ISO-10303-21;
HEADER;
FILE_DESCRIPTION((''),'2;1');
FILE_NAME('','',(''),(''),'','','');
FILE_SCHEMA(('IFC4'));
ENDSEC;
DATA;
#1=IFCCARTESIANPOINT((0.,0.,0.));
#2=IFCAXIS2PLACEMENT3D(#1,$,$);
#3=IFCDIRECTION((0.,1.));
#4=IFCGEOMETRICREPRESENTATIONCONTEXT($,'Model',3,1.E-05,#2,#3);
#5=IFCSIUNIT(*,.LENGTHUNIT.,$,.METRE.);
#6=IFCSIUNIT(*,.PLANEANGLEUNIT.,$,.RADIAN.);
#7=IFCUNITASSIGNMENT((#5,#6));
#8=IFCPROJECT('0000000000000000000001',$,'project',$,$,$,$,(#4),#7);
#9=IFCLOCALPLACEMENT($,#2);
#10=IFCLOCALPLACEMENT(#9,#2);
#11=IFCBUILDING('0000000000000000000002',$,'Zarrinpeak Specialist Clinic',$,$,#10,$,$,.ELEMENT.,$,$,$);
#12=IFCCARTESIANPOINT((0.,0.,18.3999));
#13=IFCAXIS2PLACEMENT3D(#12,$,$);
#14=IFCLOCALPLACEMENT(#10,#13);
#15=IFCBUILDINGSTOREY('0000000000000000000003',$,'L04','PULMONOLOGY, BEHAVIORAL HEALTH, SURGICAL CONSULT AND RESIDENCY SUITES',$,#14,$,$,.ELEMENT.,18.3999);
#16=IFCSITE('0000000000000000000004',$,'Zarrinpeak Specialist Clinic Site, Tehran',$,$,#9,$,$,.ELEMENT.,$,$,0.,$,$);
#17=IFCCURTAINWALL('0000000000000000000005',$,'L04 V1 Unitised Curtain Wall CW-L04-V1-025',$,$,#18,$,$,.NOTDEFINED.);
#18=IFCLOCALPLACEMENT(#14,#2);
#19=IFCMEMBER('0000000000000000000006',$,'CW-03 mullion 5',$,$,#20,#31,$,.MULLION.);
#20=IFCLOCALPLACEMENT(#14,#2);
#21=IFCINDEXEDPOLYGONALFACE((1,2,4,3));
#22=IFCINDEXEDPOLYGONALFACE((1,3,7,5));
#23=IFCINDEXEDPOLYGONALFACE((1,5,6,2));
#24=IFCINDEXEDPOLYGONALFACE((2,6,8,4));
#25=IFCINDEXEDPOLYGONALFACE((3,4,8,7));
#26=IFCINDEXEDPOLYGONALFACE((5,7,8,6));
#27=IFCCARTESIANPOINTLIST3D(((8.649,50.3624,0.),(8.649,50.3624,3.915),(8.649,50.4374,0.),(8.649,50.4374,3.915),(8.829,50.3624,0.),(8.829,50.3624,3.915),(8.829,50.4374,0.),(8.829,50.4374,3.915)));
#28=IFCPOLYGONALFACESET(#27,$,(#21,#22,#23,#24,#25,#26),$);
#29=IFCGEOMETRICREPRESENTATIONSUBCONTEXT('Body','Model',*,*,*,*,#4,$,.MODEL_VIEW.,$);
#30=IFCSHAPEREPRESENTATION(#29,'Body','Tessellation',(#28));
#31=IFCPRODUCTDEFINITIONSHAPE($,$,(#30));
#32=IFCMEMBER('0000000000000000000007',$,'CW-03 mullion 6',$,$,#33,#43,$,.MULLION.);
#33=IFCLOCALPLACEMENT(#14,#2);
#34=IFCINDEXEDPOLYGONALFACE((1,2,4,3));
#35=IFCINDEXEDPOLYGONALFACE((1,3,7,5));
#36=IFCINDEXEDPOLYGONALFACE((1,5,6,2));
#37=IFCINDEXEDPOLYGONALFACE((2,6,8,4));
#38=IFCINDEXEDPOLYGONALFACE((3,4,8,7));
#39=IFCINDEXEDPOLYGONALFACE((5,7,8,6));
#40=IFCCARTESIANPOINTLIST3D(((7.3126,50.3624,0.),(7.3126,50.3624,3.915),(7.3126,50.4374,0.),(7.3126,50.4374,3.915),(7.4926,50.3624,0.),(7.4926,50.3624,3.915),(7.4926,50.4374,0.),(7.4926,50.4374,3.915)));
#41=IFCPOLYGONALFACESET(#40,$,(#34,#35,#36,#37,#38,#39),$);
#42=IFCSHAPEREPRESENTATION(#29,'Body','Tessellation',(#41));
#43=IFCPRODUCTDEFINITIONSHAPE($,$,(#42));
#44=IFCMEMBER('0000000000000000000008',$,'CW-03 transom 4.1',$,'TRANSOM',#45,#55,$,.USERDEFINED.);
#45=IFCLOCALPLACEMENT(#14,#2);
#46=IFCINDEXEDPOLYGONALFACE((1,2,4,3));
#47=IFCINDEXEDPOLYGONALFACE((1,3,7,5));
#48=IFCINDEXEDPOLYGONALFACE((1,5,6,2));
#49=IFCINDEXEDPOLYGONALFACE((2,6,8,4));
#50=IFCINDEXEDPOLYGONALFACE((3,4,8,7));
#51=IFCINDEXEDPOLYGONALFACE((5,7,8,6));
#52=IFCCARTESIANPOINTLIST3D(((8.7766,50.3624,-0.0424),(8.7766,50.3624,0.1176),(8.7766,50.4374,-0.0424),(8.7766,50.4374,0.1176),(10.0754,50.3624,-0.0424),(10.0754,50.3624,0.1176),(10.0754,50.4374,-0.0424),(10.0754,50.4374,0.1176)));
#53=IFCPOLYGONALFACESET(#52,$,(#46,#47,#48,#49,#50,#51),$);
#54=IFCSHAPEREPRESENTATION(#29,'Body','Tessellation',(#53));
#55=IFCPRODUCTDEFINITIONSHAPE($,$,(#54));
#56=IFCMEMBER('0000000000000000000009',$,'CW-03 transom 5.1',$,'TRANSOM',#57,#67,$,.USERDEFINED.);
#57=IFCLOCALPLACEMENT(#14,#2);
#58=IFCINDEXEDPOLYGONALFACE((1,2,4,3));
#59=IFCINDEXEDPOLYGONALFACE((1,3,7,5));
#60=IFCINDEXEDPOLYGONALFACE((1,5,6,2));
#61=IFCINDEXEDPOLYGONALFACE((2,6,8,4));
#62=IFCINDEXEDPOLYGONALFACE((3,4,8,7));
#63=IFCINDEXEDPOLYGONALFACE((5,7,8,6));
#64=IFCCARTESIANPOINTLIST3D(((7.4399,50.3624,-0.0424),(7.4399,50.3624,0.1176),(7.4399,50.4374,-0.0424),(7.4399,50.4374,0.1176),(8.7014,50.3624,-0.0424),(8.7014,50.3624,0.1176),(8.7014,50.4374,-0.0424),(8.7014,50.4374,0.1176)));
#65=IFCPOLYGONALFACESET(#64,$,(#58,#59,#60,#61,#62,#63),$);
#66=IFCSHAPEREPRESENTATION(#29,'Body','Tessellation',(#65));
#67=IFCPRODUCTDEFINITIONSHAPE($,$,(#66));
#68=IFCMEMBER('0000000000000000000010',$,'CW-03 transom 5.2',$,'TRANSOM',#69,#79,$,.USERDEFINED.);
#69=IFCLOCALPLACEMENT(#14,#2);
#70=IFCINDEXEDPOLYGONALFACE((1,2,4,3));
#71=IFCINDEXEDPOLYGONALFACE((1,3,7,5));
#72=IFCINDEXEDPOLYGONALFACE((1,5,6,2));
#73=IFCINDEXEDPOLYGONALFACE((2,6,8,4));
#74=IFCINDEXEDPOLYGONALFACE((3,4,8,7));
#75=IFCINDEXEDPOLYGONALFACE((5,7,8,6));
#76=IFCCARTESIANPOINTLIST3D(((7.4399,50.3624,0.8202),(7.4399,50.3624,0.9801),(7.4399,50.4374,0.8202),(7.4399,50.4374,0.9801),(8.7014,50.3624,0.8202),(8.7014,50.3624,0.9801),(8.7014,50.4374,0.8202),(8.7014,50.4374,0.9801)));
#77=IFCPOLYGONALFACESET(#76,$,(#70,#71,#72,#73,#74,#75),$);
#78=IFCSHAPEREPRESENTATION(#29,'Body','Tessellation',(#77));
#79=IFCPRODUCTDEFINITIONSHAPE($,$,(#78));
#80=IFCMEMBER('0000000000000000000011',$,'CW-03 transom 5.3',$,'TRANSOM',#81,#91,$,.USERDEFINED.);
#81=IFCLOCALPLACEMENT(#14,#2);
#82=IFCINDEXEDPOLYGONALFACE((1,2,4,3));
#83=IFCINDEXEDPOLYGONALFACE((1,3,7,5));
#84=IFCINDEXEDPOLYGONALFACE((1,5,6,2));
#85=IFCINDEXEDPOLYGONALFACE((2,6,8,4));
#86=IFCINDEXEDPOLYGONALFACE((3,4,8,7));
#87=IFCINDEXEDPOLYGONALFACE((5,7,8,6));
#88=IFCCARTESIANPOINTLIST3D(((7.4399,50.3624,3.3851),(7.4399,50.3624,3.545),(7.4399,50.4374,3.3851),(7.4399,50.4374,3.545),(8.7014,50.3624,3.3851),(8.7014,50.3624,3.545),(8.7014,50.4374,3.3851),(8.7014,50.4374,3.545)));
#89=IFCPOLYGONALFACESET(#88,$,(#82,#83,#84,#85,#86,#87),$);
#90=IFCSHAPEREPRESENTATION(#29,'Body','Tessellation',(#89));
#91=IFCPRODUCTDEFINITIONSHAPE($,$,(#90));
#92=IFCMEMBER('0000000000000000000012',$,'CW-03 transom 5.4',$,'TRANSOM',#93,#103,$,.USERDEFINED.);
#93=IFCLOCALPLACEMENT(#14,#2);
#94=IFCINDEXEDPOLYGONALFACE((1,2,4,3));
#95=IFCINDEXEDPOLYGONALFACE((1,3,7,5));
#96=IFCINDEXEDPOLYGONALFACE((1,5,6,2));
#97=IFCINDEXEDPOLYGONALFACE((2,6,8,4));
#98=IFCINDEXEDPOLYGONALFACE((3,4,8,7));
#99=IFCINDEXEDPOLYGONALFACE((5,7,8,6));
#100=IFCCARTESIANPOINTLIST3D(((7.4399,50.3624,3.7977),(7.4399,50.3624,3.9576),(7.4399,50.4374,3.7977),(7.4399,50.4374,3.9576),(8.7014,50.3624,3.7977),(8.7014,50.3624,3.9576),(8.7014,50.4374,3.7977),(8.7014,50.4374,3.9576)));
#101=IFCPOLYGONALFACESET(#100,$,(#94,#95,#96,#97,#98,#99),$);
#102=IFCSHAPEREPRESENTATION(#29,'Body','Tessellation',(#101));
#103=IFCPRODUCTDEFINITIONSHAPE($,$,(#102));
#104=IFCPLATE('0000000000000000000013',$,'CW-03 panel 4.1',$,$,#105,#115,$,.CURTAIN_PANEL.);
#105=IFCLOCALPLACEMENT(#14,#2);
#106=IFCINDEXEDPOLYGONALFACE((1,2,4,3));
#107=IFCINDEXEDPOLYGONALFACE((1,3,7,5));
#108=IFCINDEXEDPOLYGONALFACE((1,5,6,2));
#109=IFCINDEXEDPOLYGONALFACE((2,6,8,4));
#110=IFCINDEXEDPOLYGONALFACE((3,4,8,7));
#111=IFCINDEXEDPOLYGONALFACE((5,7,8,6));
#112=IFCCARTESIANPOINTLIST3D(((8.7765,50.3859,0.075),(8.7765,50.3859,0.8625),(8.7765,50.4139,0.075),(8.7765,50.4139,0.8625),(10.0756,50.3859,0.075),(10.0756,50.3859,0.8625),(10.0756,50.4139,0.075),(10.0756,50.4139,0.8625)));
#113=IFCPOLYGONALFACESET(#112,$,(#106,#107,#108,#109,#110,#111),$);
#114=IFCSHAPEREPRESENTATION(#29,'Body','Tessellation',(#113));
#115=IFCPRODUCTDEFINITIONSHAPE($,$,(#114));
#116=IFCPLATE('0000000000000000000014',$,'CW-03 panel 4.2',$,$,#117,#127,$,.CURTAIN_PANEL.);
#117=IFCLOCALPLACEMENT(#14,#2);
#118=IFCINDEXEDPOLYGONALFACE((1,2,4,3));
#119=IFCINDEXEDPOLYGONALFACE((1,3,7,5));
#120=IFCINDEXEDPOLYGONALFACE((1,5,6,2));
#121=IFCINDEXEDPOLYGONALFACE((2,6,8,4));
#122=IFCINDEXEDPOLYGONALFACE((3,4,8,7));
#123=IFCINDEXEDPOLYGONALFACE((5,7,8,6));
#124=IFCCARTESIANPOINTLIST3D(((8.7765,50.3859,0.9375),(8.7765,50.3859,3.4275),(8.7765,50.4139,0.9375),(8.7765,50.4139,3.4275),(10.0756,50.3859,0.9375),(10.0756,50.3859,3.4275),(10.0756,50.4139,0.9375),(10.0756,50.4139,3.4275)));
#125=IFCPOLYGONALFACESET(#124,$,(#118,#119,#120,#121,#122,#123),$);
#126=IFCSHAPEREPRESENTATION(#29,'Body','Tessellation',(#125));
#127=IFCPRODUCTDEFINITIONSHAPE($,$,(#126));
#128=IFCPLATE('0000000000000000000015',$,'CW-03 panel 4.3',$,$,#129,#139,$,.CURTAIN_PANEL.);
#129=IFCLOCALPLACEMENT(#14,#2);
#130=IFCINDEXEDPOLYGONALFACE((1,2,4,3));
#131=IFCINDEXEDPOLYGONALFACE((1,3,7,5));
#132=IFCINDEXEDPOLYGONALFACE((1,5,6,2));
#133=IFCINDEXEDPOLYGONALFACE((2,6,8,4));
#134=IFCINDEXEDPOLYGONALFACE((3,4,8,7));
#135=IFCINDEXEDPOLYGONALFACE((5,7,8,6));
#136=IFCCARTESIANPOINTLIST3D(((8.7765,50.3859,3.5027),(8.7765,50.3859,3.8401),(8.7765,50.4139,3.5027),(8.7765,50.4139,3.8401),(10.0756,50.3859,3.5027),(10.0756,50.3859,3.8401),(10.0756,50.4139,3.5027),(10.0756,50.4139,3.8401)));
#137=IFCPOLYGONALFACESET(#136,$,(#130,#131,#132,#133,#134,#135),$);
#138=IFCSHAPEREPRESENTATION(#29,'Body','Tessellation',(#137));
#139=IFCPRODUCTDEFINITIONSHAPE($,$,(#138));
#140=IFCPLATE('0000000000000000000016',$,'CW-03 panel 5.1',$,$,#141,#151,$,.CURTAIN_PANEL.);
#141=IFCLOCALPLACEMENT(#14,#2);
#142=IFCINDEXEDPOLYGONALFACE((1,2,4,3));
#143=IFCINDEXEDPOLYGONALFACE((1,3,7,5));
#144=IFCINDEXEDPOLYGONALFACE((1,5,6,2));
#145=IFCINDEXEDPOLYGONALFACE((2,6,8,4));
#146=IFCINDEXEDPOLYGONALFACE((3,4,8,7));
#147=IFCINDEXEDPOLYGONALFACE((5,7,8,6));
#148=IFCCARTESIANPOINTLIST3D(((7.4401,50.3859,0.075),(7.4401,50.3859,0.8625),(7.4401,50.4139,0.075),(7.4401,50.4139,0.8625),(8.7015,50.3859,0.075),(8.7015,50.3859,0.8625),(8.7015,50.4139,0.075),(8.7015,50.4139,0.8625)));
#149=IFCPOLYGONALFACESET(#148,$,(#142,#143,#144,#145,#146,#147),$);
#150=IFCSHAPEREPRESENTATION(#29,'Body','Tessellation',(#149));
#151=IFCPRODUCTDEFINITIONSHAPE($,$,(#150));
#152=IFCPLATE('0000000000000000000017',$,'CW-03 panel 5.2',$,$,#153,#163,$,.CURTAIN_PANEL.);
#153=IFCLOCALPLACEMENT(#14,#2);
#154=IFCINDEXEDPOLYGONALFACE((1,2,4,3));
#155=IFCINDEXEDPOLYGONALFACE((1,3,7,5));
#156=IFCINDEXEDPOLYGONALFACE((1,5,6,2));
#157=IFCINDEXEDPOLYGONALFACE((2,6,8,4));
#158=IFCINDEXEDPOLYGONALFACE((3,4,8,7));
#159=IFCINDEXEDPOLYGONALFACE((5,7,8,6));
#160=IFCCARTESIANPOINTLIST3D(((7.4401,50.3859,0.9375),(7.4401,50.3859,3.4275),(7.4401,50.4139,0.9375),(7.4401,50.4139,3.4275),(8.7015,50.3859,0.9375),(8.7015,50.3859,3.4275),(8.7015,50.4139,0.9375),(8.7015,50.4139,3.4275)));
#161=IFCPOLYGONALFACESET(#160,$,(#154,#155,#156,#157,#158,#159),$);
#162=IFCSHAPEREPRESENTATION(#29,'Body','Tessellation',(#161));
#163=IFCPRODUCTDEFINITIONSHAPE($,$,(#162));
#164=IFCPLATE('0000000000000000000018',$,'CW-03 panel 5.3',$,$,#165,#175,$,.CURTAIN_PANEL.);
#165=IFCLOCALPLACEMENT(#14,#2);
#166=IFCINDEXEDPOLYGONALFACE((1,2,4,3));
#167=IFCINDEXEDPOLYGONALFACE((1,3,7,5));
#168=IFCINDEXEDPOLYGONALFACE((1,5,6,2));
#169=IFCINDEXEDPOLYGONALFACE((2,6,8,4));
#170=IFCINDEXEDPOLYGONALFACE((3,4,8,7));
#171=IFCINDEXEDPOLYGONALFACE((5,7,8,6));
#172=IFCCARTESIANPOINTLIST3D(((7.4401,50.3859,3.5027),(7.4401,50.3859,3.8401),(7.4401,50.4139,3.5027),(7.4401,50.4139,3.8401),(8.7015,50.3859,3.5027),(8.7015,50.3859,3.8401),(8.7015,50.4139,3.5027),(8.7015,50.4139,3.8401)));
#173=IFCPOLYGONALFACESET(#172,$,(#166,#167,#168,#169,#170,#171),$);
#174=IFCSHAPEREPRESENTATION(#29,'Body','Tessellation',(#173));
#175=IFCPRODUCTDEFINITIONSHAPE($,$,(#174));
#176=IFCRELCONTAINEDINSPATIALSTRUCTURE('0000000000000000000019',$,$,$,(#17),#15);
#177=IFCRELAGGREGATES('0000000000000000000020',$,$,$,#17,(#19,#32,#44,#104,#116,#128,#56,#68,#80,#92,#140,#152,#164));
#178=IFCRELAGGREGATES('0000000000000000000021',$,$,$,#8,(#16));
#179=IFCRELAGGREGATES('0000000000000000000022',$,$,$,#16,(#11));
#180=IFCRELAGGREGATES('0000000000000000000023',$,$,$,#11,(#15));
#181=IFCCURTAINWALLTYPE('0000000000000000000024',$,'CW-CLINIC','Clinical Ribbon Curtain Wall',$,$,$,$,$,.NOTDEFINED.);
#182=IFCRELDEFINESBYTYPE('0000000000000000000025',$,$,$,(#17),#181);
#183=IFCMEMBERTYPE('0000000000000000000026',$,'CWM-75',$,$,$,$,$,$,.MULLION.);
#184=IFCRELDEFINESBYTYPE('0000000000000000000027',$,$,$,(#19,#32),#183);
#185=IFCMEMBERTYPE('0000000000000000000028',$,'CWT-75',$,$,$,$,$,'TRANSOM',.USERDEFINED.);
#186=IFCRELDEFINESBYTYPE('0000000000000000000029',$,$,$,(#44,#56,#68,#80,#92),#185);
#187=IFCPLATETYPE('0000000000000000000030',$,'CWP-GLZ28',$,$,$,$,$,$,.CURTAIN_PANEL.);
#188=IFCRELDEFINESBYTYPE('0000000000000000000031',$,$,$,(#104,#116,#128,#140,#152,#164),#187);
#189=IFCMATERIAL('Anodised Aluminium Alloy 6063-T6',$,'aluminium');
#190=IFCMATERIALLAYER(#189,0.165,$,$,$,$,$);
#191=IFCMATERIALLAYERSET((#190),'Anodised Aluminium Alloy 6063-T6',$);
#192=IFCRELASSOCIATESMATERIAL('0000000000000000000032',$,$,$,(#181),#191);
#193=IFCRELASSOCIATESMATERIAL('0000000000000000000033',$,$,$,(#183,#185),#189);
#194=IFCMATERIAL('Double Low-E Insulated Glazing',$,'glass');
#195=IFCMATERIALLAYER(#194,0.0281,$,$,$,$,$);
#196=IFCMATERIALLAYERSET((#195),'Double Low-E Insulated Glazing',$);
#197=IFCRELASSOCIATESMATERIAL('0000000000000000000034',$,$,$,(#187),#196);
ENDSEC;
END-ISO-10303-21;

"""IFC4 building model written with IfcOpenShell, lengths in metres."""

from ifc_helpers import new_model, si_unit, direction, frame, origin, origin_2d, place, context, subcontext, project, spatial, rectangle, extrude, material, layer, layer_set, material_profile, profile_set, type_object, element, aggregate, save


model = new_model("IFC4")

# Units and contexts
model_context = context("Model", 3, precision=1e-05, world=origin(), true_north=direction((0.0, 1.0)))
body_context = subcontext(model_context, "Body", "Model", "MODEL_VIEW")
ifc_project = project(units=[si_unit("LENGTHUNIT", "METRE"), si_unit("PLANEANGLEUNIT", "RADIAN")], contexts=[model_context])

# Site, building, storey
site_placement = place(None, origin())
site = spatial("IfcSite", under=ifc_project, at=site_placement, Name="Zarrinpeak Specialist Clinic Site, Tehran", CompositionType="ELEMENT", RefElevation=0.0)
building_placement = place(site_placement, origin())
building = spatial("IfcBuilding", under=site, at=building_placement, Name="Zarrinpeak Specialist Clinic", CompositionType="ELEMENT")
storey_placement = place(building_placement, frame((0.0, 0.0, 18.3999)))
storey = spatial("IfcBuildingStorey", under=building, at=storey_placement, Name="L04", Description="PULMONOLOGY, BEHAVIORAL HEALTH, SURGICAL CONSULT AND RESIDENCY SUITES", CompositionType="ELEMENT", Elevation=18.3999)

# Curtain wall, members, plates
ifc_material_1 = material(Name="Anodised Aluminium Alloy 6063-T6", Category="aluminium")
ifc_layer_1 = layer(ifc_material_1, 0.165)
ifc_layer_set_1 = layer_set([ifc_layer_1], Name="Anodised Aluminium Alloy 6063-T6")
curtain_wall_type = type_object("IfcCurtainWallType", Name="CW-CLINIC", Description="Clinical Ribbon Curtain Wall", PredefinedType="NOTDEFINED", material=ifc_layer_set_1)
curtain_wall_placement = place(storey_placement, origin())
curtain_wall = element("IfcCurtainWall", 1, at=curtain_wall_placement, inside=storey, type_object=curtain_wall_type, Name="L04 V1 Unitised Curtain Wall CW-L04-V1-025", PredefinedType="NOTDEFINED")
ifc_material_profile_1 = material_profile(ifc_material_1, rectangle(XDim=0.075, YDim=0.1799, at=origin_2d()), Name="ALU 75x180")
ifc_profile_set_1 = profile_set([ifc_material_profile_1], Name="Anodised Aluminium Alloy 6063-T6")
member_type_1 = type_object("IfcMemberType", Name="CWM-75", PredefinedType="MULLION", material=ifc_profile_set_1)
member_1_placement = place(storey_placement, frame((8.739, 50.3999, 0.0), z_axis=(0.0, 0.0, 1.0), x_axis=(0.0, -1.0, 0.0)))
member_1 = element("IfcMember", 2, at=member_1_placement, type_object=member_type_1, Name="CW-03 mullion 5", PredefinedType="MULLION", context=body_context, shape_type="SweptSolid", body=[
    extrude(rectangle(XDim=0.075, YDim=0.1799, at=origin_2d()), origin(), (0.0, 0.0, 1.0), 3.915),
])
member_2_placement = place(storey_placement, frame((7.4026, 50.3999, 0.0), z_axis=(0.0, 0.0, 1.0), x_axis=(0.0, -1.0, 0.0)))
member_2 = element("IfcMember", 3, at=member_2_placement, type_object=member_type_1, Name="CW-03 mullion 6", PredefinedType="MULLION", context=body_context, shape_type="SweptSolid", body=[
    extrude(rectangle(XDim=0.075, YDim=0.1799, at=origin_2d()), origin(), (0.0, 0.0, 1.0), 3.915),
])
ifc_material_profile_2 = material_profile(ifc_material_1, rectangle(XDim=0.075, YDim=0.1599, at=origin_2d()), Name="ALU 75x160")
ifc_profile_set_2 = profile_set([ifc_material_profile_2], Name="Anodised Aluminium Alloy 6063-T6")
member_type_2 = type_object("IfcMemberType", Name="CWT-75", ElementType="TRANSOM", PredefinedType="USERDEFINED", material=ifc_profile_set_2)
member_3_placement = place(storey_placement, frame((10.0754, 50.3999, 0.0376), z_axis=(-1.0, 0.0, 0.0), x_axis=(0.0, -1.0, 0.0)))
member_3 = element("IfcMember", 4, at=member_3_placement, type_object=member_type_2, Name="CW-03 transom 4.1", ObjectType="TRANSOM", PredefinedType="USERDEFINED", context=body_context, shape_type="SweptSolid", body=[
    extrude(rectangle(XDim=0.075, YDim=0.1599, at=origin_2d()), origin(), (0.0, 0.0, 1.0), 1.2988),
])
member_4_placement = place(storey_placement, frame((8.7014, 50.3999, 0.0376), z_axis=(-1.0, 0.0, 0.0), x_axis=(0.0, -1.0, 0.0)))
member_4 = element("IfcMember", 5, at=member_4_placement, type_object=member_type_2, Name="CW-03 transom 5.1", ObjectType="TRANSOM", PredefinedType="USERDEFINED", context=body_context, shape_type="SweptSolid", body=[
    extrude(rectangle(XDim=0.075, YDim=0.1599, at=origin_2d()), origin(), (0.0, 0.0, 1.0), 1.2615),
])
member_5_placement = place(storey_placement, frame((8.7014, 50.3999, 0.9001), z_axis=(-1.0, 0.0, 0.0), x_axis=(0.0, -1.0, 0.0)))
member_5 = element("IfcMember", 6, at=member_5_placement, type_object=member_type_2, Name="CW-03 transom 5.2", ObjectType="TRANSOM", PredefinedType="USERDEFINED", context=body_context, shape_type="SweptSolid", body=[
    extrude(rectangle(XDim=0.075, YDim=0.1599, at=origin_2d()), origin(), (0.0, 0.0, 1.0), 1.2615),
])
member_6_placement = place(storey_placement, frame((8.7014, 50.3999, 3.4651), z_axis=(-1.0, 0.0, 0.0), x_axis=(0.0, -1.0, 0.0)))
member_6 = element("IfcMember", 7, at=member_6_placement, type_object=member_type_2, Name="CW-03 transom 5.3", ObjectType="TRANSOM", PredefinedType="USERDEFINED", context=body_context, shape_type="SweptSolid", body=[
    extrude(rectangle(XDim=0.075, YDim=0.1599, at=origin_2d()), origin(), (0.0, 0.0, 1.0), 1.2615),
])
member_7_placement = place(storey_placement, frame((8.7014, 50.3999, 3.8777), z_axis=(-1.0, 0.0, 0.0), x_axis=(0.0, -1.0, 0.0)))
member_7 = element("IfcMember", 8, at=member_7_placement, type_object=member_type_2, Name="CW-03 transom 5.4", ObjectType="TRANSOM", PredefinedType="USERDEFINED", context=body_context, shape_type="SweptSolid", body=[
    extrude(rectangle(XDim=0.075, YDim=0.1599, at=origin_2d()), origin(), (0.0, 0.0, 1.0), 1.2615),
])
ifc_material_2 = material(Name="Double Low-E Insulated Glazing", Category="glass")
ifc_layer_2 = layer(ifc_material_2, 0.0281)
ifc_layer_set_2 = layer_set([ifc_layer_2], Name="Double Low-E Insulated Glazing")
plate_type = type_object("IfcPlateType", Name="CWP-GLZ28", PredefinedType="CURTAIN_PANEL", material=ifc_layer_set_2)
plate_1_placement = place(storey_placement, frame((9.426, 50.3999, 0.075), z_axis=(0.0, 0.0, 1.0), x_axis=(-1.0, 0.0, 0.0)))
plate_1 = element("IfcPlate", 9, at=plate_1_placement, type_object=plate_type, Name="CW-03 panel 4.1", PredefinedType="CURTAIN_PANEL", context=body_context, shape_type="SweptSolid", body=[
    extrude(rectangle(XDim=1.2991, YDim=0.0281, at=origin_2d()), origin(), (0.0, 0.0, 1.0), 0.7876),
])
plate_2_placement = place(storey_placement, frame((9.426, 50.3999, 0.9375), z_axis=(0.0, 0.0, 1.0), x_axis=(-1.0, 0.0, 0.0)))
plate_2 = element("IfcPlate", 10, at=plate_2_placement, type_object=plate_type, Name="CW-03 panel 4.2", PredefinedType="CURTAIN_PANEL", context=body_context, shape_type="SweptSolid", body=[
    extrude(rectangle(XDim=1.2991, YDim=0.0281, at=origin_2d()), origin(), (0.0, 0.0, 1.0), 2.49),
])
plate_3_placement = place(storey_placement, frame((9.426, 50.3999, 3.5027), z_axis=(0.0, 0.0, 1.0), x_axis=(-1.0, 0.0, 0.0)))
plate_3 = element("IfcPlate", 11, at=plate_3_placement, type_object=plate_type, Name="CW-03 panel 4.3", PredefinedType="CURTAIN_PANEL", context=body_context, shape_type="SweptSolid", body=[
    extrude(rectangle(XDim=1.2991, YDim=0.0281, at=origin_2d()), origin(), (0.0, 0.0, 1.0), 0.3374),
])
plate_4_placement = place(storey_placement, frame((8.0708, 50.3999, 0.075), z_axis=(0.0, 0.0, 1.0), x_axis=(-1.0, 0.0, 0.0)))
plate_4 = element("IfcPlate", 12, at=plate_4_placement, type_object=plate_type, Name="CW-03 panel 5.1", PredefinedType="CURTAIN_PANEL", context=body_context, shape_type="SweptSolid", body=[
    extrude(rectangle(XDim=1.2615, YDim=0.0281, at=origin_2d()), origin(), (0.0, 0.0, 1.0), 0.7876),
])
plate_5_placement = place(storey_placement, frame((8.0708, 50.3999, 0.9375), z_axis=(0.0, 0.0, 1.0), x_axis=(-1.0, 0.0, 0.0)))
plate_5 = element("IfcPlate", 13, at=plate_5_placement, type_object=plate_type, Name="CW-03 panel 5.2", PredefinedType="CURTAIN_PANEL", context=body_context, shape_type="SweptSolid", body=[
    extrude(rectangle(XDim=1.2615, YDim=0.0281, at=origin_2d()), origin(), (0.0, 0.0, 1.0), 2.49),
])
plate_6_placement = place(storey_placement, frame((8.0708, 50.3999, 3.5027), z_axis=(0.0, 0.0, 1.0), x_axis=(-1.0, 0.0, 0.0)))
plate_6 = element("IfcPlate", 14, at=plate_6_placement, type_object=plate_type, Name="CW-03 panel 5.3", PredefinedType="CURTAIN_PANEL", context=body_context, shape_type="SweptSolid", body=[
    extrude(rectangle(XDim=1.2615, YDim=0.0281, at=origin_2d()), origin(), (0.0, 0.0, 1.0), 0.3374),
])
aggregate(curtain_wall, [member_1, member_2, member_3, plate_1, plate_2, plate_3, member_4, member_5, member_6, member_7, plate_4, plate_5, plate_6])

save(model, "model.ifc")
